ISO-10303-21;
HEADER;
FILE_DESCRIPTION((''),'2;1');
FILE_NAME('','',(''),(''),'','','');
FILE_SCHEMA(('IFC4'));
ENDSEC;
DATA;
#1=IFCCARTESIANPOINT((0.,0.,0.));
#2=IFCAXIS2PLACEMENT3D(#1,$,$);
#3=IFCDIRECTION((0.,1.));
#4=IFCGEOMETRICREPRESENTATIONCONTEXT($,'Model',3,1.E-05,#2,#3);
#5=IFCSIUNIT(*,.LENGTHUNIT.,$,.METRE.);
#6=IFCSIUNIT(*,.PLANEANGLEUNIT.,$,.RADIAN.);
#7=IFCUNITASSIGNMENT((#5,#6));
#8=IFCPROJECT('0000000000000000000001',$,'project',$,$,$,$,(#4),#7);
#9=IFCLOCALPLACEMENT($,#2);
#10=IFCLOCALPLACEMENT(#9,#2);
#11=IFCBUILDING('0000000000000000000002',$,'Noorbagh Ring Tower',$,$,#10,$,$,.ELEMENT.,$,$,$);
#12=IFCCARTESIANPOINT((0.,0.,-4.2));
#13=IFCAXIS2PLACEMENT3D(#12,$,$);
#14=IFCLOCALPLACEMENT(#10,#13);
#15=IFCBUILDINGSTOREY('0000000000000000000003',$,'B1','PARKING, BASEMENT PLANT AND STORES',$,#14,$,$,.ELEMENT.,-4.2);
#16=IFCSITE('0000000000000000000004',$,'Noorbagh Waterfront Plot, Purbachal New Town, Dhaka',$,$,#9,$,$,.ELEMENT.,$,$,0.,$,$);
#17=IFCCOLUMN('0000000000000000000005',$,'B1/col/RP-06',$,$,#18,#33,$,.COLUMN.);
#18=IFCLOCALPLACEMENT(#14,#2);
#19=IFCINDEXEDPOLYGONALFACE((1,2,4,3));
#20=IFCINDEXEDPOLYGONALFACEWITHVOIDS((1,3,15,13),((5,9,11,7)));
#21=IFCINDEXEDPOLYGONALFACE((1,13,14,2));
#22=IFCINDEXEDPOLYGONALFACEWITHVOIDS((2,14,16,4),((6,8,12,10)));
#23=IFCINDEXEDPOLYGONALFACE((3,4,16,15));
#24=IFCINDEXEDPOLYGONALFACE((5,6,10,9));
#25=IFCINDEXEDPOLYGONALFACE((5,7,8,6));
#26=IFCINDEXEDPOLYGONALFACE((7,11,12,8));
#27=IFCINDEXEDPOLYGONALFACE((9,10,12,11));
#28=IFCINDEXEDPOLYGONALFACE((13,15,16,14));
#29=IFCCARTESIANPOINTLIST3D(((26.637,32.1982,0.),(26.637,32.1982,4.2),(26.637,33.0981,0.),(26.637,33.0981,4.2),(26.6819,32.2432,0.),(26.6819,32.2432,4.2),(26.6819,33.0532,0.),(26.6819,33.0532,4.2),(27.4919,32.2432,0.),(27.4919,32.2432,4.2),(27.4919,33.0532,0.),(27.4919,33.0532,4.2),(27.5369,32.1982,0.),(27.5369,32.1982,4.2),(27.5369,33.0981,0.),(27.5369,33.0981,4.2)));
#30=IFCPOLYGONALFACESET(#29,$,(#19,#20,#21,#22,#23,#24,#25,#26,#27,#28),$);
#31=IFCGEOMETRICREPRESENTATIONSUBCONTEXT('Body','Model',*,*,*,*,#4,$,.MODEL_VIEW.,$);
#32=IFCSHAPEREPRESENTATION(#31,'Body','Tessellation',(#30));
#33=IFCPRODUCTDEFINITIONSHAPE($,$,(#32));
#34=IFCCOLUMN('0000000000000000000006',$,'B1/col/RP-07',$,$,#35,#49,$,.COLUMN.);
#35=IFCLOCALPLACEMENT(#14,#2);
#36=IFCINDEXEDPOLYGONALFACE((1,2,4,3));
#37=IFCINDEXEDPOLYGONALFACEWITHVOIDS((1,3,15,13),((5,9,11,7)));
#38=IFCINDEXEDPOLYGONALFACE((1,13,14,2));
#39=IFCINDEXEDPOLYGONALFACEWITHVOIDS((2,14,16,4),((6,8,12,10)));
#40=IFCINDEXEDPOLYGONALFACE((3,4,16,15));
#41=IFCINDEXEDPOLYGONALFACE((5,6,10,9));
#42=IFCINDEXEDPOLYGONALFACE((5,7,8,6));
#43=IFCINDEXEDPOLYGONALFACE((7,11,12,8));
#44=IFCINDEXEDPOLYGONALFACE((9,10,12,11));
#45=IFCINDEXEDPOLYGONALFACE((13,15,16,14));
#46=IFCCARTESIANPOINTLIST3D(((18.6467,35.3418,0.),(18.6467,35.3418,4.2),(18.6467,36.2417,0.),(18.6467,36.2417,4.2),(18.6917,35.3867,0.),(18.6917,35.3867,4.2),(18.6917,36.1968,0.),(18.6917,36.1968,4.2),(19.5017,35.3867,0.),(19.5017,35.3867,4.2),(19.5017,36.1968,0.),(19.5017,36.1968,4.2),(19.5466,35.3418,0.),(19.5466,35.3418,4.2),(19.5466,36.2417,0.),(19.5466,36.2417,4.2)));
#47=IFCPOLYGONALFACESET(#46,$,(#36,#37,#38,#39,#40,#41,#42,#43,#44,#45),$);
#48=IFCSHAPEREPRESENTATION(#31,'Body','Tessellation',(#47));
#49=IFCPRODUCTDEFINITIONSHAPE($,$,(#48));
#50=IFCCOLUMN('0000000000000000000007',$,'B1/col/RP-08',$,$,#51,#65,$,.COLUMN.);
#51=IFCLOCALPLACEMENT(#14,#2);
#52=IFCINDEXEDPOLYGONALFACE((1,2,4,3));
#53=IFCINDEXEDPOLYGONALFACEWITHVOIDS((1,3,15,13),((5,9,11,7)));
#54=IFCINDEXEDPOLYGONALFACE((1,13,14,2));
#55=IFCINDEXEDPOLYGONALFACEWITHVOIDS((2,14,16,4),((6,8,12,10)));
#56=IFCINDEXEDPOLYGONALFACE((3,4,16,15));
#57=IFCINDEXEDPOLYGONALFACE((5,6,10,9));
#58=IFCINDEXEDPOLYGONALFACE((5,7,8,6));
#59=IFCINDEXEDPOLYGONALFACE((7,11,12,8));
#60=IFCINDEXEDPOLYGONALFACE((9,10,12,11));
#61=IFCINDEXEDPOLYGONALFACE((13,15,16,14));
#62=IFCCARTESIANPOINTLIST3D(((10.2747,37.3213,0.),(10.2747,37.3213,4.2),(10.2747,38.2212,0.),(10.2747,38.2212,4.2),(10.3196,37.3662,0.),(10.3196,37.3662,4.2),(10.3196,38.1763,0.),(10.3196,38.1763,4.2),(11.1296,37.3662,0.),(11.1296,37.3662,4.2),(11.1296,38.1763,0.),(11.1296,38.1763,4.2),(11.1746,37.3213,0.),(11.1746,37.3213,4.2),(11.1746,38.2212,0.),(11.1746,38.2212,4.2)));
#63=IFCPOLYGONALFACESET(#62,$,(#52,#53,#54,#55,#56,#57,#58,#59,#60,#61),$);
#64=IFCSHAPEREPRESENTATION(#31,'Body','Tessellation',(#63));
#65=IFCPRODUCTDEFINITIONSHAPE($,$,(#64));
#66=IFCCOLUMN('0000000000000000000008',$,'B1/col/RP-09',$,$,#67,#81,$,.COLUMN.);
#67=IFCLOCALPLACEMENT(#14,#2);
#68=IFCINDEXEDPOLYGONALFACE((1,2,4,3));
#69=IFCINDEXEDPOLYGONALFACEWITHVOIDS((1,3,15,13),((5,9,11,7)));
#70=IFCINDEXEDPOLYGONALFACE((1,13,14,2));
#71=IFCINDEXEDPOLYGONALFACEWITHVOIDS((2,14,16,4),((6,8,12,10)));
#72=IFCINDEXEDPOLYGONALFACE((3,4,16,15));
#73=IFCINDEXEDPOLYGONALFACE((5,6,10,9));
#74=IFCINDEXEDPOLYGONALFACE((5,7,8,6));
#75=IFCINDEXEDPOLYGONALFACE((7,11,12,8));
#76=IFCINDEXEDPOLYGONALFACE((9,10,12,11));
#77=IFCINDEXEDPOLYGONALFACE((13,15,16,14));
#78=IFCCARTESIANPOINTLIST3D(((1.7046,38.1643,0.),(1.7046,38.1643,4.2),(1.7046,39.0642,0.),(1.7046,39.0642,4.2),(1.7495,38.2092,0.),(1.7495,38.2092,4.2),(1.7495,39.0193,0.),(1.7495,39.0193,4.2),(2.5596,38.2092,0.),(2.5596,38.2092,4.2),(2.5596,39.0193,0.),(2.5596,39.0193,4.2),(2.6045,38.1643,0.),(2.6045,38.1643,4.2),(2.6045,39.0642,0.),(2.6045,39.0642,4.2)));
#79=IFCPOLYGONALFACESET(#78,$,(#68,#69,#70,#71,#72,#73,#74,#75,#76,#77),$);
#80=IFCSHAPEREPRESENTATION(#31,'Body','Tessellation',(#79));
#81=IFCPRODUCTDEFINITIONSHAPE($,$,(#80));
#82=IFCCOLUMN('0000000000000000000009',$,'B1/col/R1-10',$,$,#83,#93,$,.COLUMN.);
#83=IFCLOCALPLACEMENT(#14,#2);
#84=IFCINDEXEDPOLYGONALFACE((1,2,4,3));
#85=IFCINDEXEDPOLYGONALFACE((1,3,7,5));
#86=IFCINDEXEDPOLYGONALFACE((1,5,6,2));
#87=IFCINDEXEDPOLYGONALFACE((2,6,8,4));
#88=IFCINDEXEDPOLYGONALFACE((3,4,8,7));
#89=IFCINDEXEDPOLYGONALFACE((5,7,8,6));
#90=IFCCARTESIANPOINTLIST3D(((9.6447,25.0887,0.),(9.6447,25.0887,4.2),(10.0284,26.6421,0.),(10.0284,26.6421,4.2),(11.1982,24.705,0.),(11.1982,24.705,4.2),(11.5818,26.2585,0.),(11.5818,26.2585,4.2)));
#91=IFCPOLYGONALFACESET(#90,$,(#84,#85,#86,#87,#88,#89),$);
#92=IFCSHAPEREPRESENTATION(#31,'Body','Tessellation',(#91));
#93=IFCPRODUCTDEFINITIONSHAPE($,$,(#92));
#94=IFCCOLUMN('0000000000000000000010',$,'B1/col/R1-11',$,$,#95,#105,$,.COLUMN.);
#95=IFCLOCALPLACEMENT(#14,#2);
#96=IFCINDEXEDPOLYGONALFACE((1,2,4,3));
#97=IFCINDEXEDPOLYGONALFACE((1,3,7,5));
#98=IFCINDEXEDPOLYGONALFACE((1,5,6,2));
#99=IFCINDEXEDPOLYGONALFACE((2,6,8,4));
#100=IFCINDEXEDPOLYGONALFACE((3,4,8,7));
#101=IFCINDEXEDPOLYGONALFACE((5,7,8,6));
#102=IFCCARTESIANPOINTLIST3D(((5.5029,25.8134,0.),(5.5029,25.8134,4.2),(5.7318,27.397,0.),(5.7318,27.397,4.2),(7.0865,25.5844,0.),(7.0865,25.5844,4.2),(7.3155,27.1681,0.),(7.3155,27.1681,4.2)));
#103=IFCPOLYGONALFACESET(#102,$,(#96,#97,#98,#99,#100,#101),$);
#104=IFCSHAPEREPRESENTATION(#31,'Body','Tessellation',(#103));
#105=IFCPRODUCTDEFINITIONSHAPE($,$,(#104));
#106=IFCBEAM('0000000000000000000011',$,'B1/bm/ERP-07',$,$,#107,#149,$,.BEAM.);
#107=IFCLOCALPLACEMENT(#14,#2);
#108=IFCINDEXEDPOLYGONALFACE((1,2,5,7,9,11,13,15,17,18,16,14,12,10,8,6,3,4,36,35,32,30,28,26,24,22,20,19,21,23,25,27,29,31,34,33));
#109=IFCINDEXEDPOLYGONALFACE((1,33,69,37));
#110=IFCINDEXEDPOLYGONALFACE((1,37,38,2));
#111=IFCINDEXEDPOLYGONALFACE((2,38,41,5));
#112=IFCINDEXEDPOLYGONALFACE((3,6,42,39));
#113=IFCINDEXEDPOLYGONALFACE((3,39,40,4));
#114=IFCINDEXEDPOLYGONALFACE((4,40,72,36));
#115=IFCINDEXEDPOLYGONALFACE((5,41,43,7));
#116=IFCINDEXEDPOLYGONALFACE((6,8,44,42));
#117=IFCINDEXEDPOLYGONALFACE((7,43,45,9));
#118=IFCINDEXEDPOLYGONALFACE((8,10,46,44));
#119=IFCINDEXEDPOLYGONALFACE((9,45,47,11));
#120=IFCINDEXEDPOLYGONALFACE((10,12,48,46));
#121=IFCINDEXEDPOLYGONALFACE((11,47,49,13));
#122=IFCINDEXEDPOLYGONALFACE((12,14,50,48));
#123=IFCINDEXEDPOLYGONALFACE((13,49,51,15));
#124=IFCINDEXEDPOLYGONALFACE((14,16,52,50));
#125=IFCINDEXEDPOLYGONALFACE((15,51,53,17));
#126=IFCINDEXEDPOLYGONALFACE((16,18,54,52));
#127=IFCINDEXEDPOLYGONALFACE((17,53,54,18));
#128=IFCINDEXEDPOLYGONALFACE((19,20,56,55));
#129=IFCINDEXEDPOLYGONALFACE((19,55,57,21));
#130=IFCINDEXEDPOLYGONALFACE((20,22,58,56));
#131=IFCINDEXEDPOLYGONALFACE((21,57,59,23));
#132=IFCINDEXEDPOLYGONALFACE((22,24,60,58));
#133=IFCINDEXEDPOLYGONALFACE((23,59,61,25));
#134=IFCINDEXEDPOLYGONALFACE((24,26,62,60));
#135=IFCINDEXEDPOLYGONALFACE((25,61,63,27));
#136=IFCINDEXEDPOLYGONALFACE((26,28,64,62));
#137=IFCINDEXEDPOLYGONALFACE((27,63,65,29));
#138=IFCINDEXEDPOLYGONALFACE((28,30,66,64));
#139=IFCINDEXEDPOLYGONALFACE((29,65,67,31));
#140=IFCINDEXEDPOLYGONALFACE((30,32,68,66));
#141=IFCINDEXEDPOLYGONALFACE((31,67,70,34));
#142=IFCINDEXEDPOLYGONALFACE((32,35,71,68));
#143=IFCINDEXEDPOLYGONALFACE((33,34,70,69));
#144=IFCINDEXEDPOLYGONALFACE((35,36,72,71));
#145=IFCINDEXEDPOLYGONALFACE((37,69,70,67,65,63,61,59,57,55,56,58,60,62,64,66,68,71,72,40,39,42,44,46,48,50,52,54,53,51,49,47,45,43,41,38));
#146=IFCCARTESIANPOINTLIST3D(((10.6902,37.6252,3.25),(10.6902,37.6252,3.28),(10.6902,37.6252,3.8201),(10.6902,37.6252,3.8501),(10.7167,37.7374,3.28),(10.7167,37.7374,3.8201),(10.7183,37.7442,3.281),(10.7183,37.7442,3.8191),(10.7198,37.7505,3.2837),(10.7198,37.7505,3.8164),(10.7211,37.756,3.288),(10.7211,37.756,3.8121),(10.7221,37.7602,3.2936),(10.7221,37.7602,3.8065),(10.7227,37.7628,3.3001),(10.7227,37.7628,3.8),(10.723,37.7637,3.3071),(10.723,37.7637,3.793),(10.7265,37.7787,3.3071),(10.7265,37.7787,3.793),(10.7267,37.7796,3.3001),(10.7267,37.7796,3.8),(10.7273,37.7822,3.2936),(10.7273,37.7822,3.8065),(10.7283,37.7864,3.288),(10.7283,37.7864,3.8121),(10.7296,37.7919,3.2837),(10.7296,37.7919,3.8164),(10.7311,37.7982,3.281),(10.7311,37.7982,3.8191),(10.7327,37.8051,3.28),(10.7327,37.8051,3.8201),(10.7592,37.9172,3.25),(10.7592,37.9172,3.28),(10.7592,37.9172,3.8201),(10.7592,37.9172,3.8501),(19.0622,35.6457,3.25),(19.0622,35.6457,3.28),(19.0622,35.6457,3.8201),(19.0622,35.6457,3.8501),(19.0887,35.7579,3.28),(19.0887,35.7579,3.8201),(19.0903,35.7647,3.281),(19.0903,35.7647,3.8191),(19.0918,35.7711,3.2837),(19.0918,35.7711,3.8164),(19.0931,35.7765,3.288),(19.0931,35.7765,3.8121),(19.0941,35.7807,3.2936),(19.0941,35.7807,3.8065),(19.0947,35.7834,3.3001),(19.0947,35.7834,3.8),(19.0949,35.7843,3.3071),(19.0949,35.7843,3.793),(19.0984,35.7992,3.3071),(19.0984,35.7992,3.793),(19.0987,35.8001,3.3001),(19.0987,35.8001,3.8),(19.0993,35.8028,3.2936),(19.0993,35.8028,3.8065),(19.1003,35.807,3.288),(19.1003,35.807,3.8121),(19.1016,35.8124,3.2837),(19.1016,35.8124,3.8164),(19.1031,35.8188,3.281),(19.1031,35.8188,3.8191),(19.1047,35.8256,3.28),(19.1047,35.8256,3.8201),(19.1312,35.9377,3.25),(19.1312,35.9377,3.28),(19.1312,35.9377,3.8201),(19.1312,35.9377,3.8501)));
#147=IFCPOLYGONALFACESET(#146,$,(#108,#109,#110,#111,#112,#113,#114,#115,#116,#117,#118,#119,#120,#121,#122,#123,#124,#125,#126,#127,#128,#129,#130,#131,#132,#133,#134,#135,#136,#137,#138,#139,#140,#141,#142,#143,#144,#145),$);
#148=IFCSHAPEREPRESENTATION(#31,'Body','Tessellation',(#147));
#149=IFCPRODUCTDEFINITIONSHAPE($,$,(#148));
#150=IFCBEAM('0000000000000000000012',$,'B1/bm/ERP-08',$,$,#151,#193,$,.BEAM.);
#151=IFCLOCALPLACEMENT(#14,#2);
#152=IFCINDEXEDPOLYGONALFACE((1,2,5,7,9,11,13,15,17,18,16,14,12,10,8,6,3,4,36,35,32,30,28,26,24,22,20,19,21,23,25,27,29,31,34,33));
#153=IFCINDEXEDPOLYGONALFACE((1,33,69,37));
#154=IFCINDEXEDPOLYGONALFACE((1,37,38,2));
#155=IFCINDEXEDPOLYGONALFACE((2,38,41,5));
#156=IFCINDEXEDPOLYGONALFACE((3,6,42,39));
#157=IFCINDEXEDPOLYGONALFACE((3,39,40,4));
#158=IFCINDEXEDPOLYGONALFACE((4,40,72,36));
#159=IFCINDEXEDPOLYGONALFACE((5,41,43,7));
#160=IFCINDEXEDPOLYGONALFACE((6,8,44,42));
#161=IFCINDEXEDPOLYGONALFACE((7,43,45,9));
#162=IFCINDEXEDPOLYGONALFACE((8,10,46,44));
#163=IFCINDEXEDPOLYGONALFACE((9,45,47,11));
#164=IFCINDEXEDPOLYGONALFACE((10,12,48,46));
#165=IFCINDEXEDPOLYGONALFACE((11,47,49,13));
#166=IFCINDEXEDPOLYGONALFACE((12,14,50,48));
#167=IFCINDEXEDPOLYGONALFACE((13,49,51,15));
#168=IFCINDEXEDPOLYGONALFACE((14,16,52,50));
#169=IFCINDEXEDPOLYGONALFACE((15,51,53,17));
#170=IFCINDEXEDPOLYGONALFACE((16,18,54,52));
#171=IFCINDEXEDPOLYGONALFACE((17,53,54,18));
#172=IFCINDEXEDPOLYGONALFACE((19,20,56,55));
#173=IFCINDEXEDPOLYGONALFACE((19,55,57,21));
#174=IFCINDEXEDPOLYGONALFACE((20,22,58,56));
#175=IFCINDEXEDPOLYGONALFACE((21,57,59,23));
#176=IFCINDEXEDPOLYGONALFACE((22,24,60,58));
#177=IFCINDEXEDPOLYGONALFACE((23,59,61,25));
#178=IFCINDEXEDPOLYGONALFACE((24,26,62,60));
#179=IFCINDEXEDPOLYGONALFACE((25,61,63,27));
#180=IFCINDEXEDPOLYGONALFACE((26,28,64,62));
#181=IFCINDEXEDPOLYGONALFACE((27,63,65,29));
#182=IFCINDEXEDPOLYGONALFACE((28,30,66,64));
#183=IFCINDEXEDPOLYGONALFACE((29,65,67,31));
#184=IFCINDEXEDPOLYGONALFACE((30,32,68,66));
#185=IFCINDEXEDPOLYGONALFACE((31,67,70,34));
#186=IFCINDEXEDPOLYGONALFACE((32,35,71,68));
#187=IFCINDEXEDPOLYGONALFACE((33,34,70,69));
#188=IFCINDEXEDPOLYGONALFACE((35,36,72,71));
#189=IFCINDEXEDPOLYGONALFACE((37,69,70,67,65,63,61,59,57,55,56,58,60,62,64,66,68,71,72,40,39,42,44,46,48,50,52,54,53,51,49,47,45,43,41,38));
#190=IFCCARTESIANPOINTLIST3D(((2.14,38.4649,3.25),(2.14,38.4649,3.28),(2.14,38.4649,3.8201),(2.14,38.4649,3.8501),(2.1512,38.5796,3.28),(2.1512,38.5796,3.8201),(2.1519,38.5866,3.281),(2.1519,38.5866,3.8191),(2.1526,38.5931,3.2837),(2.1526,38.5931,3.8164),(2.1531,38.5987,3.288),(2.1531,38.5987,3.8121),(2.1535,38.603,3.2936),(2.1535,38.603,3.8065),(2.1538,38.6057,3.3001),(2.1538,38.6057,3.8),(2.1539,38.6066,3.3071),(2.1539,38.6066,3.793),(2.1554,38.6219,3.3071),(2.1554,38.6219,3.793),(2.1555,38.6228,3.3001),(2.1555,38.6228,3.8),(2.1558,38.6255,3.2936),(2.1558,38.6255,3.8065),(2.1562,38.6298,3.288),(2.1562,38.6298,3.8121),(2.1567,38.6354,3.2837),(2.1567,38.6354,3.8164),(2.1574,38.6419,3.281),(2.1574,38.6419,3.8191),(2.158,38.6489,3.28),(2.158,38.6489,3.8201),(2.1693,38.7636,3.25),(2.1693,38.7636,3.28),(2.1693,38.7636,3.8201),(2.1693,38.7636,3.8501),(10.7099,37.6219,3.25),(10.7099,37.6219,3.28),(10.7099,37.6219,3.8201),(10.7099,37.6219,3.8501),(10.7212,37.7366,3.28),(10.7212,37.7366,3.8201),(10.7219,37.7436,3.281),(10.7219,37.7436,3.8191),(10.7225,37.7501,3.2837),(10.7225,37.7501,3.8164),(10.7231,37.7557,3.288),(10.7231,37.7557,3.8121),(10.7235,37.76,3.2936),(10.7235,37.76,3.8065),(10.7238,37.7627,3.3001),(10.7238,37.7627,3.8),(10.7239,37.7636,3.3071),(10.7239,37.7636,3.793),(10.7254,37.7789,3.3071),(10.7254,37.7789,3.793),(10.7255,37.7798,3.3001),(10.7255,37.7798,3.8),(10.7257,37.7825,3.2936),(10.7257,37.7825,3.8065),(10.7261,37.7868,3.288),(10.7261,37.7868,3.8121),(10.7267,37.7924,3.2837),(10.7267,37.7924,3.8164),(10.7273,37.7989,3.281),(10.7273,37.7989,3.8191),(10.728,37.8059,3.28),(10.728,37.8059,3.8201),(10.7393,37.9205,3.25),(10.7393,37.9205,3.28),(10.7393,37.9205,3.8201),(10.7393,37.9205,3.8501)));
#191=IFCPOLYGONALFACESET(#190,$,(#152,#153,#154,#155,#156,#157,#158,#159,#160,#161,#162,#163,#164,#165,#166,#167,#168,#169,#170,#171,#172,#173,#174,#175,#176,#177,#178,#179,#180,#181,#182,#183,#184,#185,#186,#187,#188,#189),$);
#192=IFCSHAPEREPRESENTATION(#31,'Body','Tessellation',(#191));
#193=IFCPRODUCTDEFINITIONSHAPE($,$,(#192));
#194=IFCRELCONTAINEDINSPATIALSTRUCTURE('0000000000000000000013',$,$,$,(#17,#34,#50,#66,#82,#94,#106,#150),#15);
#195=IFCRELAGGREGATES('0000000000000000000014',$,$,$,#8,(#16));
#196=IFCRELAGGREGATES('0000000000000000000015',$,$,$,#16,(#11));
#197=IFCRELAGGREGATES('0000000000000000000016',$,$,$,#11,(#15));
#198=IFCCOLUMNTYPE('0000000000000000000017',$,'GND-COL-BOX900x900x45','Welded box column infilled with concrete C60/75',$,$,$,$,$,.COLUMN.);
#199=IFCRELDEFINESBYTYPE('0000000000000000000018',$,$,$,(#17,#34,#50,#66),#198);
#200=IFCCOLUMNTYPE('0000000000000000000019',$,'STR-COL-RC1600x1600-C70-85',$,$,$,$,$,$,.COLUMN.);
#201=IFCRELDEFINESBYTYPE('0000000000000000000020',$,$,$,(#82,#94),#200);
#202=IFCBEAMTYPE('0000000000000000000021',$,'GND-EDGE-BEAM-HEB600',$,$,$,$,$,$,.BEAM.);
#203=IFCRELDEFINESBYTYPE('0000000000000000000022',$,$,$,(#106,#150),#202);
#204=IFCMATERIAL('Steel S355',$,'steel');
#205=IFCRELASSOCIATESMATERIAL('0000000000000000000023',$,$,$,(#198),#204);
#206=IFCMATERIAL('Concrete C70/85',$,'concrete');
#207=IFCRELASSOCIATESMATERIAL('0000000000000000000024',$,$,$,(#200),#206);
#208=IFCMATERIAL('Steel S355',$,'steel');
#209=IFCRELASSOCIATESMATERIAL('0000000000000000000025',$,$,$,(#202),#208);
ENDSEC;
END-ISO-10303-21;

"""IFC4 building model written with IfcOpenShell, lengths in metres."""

from ifc_helpers import new_model, si_unit, direction, frame, origin, origin_2d, place, context, subcontext, project, spatial, rectangle, hollow_rectangle, i_section, extrude, material, material_profile, profile_set, type_object, element, save


model = new_model("IFC4")

# Units and contexts
model_context = context("Model", 3, precision=1e-05, world=origin(), true_north=direction((0.0, 1.0)))
body_context = subcontext(model_context, "Body", "Model", "MODEL_VIEW")
ifc_project = project(units=[si_unit("LENGTHUNIT", "METRE"), si_unit("PLANEANGLEUNIT", "RADIAN")], contexts=[model_context])

# Site, building, storey
site_placement = place(None, origin())
site = spatial("IfcSite", under=ifc_project, at=site_placement, Name="Noorbagh Waterfront Plot, Purbachal New Town, Dhaka", CompositionType="ELEMENT", RefElevation=0.0)
building_placement = place(site_placement, origin())
building = spatial("IfcBuilding", under=site, at=building_placement, Name="Noorbagh Ring Tower", CompositionType="ELEMENT")
storey_placement = place(building_placement, frame((0.0, 0.0, -4.2)))
storey = spatial("IfcBuildingStorey", under=building, at=storey_placement, Name="B1", Description="PARKING, BASEMENT PLANT AND STORES", CompositionType="ELEMENT", Elevation=-4.2)

# Columns
ifc_material_1 = material(Name="Steel S355", Category="steel")
ifc_material_profile_1 = material_profile(ifc_material_1, hollow_rectangle(XDim=0.8999, YDim=0.8999, WallThickness=0.0449, at=origin_2d()), Name="BOX900x900x45")
ifc_profile_set_1 = profile_set([ifc_material_profile_1], Name="Steel S355")
column_type_1 = type_object("IfcColumnType", Name="GND-COL-BOX900x900x45", Description="Welded box column infilled with concrete C60/75", PredefinedType="COLUMN", material=ifc_profile_set_1)
for number, where, z_axis, x_axis, name in (
    (1, (27.0869, 32.6482, 0.0), (0.0, 0.0, 1.0), (1.0, 0.0, 0.0), "B1/col/RP-06"),
    (2, (19.0967, 35.7917, 0.0), (0.0, 0.0, 1.0), (1.0, 0.0, 0.0), "B1/col/RP-07"),
    (3, (10.7246, 37.7712, 0.0), (0.0, 0.0, 1.0), (1.0, 0.0, 0.0), "B1/col/RP-08"),
    (4, (2.1545, 38.6143, 0.0), (0.0, 0.0, 1.0), (1.0, 0.0, 0.0), "B1/col/RP-09"),
):
    element("IfcColumn", number, at=place(storey_placement, frame(where, z_axis=z_axis, x_axis=x_axis)), inside=storey, type_object=column_type_1, Name=name, PredefinedType="COLUMN", context=body_context, shape_type="SweptSolid", body=[
        extrude(hollow_rectangle(XDim=0.8999, YDim=0.8999, WallThickness=0.0449, at=origin_2d()), origin(), (0.0, 0.0, 1.0), 4.2),
    ])
ifc_material_2 = material(Name="Concrete C70/85", Category="concrete")
ifc_material_profile_2 = material_profile(ifc_material_2, rectangle(XDim=1.6001, YDim=1.6001, at=origin_2d()), Name="RC1600x1600")
ifc_profile_set_2 = profile_set([ifc_material_profile_2], Name="Concrete C70/85")
column_type_2 = type_object("IfcColumnType", Name="STR-COL-RC1600x1600-C70-85", PredefinedType="COLUMN", material=ifc_profile_set_2)
for number, where, z_axis, x_axis, name in (
    (5, (10.6133, 25.6736, 0.0), (0.0, 0.0, 1.0), (-0.970829, 0.239771, 0.0), "B1/col/R1-10"),
    (6, (6.4092, 26.4907, 0.0), (0.0, 0.0, 1.0), (-0.989713, 0.143066, 0.0), "B1/col/R1-11"),
):
    element("IfcColumn", number, at=place(storey_placement, frame(where, z_axis=z_axis, x_axis=x_axis)), inside=storey, type_object=column_type_2, Name=name, PredefinedType="COLUMN", context=body_context, shape_type="SweptSolid", body=[
        extrude(rectangle(XDim=1.6001, YDim=1.6001, at=origin_2d()), origin(), (0.0, 0.0, 1.0), 4.2),
    ])

# Beams
ifc_material_3 = material(Name="Steel S355", Category="steel")
ifc_material_profile_3 = material_profile(ifc_material_3, i_section(OverallWidth=0.3, OverallDepth=0.6001, WebThickness=0.0154, FlangeThickness=0.03, FilletRadius=0.0271, at=origin_2d()), Name="HEB600")
ifc_profile_set_3 = profile_set([ifc_material_profile_3], Name="Steel S355")
beam_type_1 = type_object("IfcBeamType", Name="GND-EDGE-BEAM-HEB600", PredefinedType="BEAM", material=ifc_profile_set_3)
beam_1_placement = place(storey_placement, frame((19.0967, 35.7917, 3.55), z_axis=(-0.973168, 0.230096, 0.0), x_axis=(-0.230096, -0.973168, 0.0)))
element("IfcBeam", 7, at=beam_1_placement, inside=storey, type_object=beam_type_1, Name="B1/bm/ERP-07", PredefinedType="BEAM", context=body_context, shape_type="SweptSolid", body=[
    extrude(i_section(OverallWidth=0.3, OverallDepth=0.6001, WebThickness=0.0154, FlangeThickness=0.03, FilletRadius=0.0271, at=origin_2d()), origin(), (0.0, 0.0, 1.0), 8.6028),
])
beam_2_placement = place(storey_placement, frame((10.7246, 37.7712, 3.55), z_axis=(-0.995197, 0.097895, 0.0), x_axis=(-0.097895, -0.995197, 0.0)))
element("IfcBeam", 8, at=beam_2_placement, inside=storey, type_object=beam_type_1, Name="B1/bm/ERP-08", PredefinedType="BEAM", context=body_context, shape_type="SweptSolid", body=[
    extrude(i_section(OverallWidth=0.3, OverallDepth=0.6001, WebThickness=0.0154, FlangeThickness=0.03, FilletRadius=0.0271, at=origin_2d()), origin(), (0.0, 0.0, 1.0), 8.6113),
])

save(model, "model.ifc")
